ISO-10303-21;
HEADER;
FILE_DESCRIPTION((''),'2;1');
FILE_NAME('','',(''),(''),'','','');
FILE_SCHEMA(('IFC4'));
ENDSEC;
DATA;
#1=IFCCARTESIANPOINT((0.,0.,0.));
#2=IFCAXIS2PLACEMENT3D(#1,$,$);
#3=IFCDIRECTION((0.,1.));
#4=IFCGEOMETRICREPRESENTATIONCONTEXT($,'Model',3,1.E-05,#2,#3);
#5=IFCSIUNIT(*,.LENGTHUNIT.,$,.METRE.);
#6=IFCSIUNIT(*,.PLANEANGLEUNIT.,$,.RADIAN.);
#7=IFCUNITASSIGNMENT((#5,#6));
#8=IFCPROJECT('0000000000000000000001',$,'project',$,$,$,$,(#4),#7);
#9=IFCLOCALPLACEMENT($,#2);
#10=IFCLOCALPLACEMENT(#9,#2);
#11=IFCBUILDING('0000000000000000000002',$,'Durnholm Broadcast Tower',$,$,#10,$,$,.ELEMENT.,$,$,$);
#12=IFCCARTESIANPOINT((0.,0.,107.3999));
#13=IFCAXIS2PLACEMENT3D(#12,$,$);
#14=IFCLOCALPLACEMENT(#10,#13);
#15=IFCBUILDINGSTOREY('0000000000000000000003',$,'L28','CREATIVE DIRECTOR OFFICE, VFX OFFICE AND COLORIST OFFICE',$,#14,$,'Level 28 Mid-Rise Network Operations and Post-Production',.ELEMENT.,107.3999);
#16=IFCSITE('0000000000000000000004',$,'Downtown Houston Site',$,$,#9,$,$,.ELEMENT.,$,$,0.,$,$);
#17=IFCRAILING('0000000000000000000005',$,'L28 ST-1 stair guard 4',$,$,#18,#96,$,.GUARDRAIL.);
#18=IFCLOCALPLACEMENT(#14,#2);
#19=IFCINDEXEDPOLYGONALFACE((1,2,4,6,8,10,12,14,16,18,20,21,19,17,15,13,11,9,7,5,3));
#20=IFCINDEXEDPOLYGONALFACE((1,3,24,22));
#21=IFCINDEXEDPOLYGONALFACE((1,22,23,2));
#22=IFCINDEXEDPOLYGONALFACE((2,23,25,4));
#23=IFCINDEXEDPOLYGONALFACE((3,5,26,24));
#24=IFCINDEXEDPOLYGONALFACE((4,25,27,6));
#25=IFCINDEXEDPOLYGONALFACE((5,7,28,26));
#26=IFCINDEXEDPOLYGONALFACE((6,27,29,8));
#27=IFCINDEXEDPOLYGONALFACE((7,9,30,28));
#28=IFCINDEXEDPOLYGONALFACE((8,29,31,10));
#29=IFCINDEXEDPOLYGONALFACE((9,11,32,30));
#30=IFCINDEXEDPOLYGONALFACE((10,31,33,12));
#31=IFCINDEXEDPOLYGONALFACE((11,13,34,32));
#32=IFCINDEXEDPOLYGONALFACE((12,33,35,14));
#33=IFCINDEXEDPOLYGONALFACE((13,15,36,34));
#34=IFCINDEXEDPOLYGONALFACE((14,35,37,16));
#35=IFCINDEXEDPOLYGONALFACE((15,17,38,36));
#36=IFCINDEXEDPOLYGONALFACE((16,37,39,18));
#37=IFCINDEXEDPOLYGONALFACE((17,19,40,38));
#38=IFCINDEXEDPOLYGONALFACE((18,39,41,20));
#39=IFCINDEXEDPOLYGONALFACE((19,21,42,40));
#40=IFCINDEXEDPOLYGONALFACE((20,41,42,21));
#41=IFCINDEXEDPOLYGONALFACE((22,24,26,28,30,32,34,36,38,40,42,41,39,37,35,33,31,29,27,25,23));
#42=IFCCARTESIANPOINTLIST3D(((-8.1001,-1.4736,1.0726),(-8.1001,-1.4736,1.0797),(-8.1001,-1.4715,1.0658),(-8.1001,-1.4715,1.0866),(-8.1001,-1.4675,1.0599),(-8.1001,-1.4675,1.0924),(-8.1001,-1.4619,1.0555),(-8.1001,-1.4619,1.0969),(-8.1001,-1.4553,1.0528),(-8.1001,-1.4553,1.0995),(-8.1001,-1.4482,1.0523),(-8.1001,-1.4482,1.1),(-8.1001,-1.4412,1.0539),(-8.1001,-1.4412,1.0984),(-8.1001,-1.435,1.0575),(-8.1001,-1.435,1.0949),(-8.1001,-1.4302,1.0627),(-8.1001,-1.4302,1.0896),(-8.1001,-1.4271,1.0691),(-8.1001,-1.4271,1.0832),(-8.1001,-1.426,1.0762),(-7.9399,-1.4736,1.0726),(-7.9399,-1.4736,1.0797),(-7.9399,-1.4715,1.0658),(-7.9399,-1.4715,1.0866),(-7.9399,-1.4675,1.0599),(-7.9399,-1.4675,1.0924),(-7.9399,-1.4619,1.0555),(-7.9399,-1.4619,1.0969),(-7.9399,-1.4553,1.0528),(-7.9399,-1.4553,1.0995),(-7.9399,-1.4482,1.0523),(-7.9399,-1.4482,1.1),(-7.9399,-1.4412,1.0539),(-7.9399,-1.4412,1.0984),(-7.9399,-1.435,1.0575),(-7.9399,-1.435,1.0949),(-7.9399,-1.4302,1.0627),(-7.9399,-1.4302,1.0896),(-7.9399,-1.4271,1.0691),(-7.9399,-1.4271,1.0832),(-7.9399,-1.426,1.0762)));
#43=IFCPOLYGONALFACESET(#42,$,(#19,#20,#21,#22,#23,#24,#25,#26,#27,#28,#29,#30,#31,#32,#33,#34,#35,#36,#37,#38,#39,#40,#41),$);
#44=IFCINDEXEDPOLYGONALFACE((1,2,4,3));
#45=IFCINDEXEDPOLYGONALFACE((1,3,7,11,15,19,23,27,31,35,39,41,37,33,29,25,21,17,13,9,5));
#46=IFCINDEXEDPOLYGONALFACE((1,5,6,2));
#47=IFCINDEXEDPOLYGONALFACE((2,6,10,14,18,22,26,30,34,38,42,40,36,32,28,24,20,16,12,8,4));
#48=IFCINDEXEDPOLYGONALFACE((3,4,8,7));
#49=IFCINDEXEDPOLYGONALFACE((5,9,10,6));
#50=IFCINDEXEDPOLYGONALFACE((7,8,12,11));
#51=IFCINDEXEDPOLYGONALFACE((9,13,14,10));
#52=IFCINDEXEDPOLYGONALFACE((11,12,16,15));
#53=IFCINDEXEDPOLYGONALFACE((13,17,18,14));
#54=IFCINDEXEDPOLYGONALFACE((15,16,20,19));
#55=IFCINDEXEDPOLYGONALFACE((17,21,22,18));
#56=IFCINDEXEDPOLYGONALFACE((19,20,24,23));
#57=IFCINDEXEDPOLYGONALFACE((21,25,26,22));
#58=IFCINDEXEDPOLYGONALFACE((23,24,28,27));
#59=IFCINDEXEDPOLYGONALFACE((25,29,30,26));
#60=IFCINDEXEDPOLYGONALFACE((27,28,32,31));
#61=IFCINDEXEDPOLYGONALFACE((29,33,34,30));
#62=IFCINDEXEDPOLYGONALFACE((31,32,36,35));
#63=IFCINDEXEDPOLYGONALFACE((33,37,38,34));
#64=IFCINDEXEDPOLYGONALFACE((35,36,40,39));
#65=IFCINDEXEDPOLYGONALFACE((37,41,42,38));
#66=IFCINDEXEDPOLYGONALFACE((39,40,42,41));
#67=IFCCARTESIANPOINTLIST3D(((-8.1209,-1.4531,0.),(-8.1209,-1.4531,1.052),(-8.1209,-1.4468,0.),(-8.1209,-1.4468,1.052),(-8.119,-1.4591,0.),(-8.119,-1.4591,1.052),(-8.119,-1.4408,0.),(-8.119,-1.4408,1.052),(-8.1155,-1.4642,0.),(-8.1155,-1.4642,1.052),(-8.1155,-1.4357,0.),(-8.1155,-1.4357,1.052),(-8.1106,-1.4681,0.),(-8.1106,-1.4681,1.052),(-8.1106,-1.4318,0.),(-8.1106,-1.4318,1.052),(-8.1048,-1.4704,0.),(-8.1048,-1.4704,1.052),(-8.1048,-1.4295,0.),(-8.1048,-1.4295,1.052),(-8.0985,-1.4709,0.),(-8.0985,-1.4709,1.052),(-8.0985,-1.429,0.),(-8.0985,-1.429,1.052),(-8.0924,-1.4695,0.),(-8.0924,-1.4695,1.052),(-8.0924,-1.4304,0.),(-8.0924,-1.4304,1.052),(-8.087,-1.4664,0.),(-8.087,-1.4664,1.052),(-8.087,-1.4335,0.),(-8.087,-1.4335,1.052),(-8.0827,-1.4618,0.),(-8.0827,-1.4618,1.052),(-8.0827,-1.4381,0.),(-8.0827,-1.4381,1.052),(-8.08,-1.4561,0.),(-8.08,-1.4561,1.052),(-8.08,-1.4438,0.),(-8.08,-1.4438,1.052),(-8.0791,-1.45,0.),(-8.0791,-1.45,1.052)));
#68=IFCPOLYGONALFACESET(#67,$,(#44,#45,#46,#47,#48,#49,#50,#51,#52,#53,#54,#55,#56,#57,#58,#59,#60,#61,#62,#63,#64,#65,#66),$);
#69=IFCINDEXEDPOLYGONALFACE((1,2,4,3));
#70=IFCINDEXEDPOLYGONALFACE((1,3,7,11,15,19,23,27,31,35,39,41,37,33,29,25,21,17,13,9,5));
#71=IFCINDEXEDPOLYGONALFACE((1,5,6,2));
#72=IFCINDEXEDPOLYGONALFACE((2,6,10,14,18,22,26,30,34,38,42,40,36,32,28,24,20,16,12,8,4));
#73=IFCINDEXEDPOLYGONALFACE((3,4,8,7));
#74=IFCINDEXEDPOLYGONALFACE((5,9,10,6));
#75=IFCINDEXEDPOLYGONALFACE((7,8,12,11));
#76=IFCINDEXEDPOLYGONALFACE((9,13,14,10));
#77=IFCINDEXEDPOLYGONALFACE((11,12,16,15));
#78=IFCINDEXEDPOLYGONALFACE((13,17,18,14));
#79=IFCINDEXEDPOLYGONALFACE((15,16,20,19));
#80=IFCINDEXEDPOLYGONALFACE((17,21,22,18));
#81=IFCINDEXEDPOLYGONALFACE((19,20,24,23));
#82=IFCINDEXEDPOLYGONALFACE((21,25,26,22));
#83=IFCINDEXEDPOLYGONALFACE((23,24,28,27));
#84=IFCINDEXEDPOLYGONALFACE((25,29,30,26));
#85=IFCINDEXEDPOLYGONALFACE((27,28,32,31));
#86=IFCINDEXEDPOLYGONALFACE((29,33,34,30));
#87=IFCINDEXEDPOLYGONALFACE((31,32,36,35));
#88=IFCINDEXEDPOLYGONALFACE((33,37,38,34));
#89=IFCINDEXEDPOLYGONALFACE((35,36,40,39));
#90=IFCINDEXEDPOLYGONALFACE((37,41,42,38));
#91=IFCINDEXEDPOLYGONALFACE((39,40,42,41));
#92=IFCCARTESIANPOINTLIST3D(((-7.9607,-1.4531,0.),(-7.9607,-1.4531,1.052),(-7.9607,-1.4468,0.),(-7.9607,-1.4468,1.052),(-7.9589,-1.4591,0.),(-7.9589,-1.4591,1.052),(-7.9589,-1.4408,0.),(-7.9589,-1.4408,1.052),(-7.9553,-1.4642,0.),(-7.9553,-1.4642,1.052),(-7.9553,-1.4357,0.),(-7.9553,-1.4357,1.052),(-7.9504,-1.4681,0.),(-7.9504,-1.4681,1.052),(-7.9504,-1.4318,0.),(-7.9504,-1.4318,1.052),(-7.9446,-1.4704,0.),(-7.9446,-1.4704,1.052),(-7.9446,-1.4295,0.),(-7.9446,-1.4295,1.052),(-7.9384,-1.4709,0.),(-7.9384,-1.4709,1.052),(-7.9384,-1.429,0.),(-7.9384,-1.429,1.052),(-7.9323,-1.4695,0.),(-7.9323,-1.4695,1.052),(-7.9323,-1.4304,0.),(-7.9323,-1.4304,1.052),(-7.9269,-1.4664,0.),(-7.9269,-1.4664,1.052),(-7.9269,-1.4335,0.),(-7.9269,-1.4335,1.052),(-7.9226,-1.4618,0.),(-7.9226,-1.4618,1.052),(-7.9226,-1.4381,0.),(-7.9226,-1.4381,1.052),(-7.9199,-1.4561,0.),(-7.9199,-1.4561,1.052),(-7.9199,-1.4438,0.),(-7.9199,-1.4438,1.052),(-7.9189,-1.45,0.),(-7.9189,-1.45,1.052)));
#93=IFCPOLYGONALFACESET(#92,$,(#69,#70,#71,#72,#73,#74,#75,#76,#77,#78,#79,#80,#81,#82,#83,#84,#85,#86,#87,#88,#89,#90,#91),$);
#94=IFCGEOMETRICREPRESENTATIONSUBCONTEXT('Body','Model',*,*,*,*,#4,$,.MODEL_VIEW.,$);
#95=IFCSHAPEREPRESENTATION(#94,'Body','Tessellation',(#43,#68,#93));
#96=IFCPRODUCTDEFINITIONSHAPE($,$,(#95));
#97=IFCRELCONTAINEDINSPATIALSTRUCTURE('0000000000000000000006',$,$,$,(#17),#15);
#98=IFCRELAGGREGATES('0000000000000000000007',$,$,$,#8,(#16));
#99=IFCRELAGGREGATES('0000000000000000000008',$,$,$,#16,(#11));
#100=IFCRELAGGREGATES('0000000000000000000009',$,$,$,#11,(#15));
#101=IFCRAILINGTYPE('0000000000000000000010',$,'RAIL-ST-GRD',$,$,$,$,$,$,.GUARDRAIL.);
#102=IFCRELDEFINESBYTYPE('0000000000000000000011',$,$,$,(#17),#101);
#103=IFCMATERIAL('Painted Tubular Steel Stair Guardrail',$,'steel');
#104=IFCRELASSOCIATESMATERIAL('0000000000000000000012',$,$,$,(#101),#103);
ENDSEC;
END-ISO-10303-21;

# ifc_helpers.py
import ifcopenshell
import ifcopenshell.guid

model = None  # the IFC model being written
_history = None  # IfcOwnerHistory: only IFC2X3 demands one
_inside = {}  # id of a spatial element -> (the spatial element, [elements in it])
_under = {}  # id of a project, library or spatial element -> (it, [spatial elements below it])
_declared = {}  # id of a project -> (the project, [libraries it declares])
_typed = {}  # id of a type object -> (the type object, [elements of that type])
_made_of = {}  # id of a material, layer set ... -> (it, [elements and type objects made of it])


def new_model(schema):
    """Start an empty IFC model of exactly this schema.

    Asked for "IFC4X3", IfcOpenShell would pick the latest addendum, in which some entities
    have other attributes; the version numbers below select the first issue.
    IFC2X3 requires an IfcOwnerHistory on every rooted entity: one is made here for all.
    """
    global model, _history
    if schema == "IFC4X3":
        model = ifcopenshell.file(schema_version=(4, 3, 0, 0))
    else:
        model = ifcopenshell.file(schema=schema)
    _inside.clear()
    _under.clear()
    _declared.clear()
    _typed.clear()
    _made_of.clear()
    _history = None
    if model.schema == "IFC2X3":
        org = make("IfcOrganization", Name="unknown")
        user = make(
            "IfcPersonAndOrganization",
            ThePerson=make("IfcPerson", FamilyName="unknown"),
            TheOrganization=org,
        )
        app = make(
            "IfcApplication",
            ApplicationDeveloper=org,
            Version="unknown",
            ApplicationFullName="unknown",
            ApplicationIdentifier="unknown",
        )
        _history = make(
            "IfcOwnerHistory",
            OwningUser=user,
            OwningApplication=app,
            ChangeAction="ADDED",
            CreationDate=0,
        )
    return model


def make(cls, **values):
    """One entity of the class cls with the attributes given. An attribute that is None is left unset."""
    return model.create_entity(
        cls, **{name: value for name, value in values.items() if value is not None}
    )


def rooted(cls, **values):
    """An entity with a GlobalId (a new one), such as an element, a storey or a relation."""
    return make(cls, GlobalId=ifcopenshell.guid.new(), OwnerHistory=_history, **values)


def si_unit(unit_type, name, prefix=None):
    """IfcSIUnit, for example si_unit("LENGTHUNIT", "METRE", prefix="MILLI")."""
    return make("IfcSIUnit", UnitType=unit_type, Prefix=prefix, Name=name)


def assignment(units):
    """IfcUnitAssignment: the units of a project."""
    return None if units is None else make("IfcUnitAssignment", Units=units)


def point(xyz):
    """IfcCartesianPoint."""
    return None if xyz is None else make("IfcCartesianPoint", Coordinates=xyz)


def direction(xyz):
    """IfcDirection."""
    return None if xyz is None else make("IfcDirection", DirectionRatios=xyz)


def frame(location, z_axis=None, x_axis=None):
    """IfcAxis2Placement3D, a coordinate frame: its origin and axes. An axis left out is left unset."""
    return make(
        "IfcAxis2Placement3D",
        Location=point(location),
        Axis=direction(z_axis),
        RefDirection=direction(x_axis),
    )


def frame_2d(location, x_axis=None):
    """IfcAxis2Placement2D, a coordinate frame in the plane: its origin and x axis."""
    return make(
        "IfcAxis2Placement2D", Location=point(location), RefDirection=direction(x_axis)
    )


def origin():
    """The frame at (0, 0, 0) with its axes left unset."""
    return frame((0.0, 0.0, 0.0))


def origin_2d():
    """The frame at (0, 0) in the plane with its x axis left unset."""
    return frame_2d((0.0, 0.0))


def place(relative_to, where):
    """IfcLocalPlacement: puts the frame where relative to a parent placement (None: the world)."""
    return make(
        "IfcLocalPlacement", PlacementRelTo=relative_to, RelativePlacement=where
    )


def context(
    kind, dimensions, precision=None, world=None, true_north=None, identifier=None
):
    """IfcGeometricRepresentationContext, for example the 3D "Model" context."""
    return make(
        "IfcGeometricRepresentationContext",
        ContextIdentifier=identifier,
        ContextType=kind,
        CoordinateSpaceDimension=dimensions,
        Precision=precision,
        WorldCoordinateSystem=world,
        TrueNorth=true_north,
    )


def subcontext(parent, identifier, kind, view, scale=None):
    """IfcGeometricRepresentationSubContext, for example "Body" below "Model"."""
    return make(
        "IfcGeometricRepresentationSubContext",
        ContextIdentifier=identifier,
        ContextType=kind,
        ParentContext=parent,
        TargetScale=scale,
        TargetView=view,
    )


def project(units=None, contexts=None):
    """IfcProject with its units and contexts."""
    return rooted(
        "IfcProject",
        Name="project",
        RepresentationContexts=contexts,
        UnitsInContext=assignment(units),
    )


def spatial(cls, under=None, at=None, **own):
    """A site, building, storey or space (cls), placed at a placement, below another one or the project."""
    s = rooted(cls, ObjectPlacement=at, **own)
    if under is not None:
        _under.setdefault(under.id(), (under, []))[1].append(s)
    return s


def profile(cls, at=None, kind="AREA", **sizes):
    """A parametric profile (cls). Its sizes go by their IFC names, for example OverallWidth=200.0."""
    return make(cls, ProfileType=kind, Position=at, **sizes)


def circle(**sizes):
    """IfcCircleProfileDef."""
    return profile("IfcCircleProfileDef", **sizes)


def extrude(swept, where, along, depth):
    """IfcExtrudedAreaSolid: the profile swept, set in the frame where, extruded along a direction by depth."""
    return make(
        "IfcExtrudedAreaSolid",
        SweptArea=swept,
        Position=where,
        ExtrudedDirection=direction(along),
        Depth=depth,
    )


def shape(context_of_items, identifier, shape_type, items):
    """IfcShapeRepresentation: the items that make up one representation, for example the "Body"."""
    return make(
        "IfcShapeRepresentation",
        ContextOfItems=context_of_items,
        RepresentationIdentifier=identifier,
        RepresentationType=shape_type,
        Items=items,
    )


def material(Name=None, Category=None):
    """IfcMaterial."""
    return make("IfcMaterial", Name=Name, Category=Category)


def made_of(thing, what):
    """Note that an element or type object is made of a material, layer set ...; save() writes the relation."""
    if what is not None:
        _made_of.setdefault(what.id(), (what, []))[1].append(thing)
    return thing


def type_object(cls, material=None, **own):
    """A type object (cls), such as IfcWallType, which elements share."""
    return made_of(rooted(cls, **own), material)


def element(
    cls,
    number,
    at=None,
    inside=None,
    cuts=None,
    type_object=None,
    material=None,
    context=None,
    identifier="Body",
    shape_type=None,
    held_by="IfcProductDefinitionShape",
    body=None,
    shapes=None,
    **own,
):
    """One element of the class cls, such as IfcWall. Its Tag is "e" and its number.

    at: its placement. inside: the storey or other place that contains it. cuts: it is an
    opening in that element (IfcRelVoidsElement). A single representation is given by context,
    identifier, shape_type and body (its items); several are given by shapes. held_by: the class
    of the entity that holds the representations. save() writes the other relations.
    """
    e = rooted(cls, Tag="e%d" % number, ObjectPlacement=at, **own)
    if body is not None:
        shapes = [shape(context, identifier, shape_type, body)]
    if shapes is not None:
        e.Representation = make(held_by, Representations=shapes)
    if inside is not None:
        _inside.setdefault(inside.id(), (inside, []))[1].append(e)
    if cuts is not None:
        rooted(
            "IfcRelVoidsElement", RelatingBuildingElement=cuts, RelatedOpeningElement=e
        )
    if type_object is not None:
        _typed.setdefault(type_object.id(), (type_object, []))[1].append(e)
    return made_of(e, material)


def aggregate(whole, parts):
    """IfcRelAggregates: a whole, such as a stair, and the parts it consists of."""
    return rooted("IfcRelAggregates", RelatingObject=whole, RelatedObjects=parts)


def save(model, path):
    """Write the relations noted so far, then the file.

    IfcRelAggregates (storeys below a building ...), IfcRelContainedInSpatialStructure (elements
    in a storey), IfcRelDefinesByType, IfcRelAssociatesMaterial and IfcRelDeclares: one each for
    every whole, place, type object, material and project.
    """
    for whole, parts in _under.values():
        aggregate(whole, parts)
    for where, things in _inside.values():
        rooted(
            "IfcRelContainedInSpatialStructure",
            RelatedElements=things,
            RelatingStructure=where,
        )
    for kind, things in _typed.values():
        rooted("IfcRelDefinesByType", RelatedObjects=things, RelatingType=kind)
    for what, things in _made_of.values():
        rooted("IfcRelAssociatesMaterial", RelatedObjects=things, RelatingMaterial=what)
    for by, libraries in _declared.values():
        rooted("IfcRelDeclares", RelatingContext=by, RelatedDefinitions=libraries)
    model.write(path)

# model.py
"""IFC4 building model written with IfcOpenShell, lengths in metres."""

from ifc_helpers import new_model, si_unit, direction, frame, origin, origin_2d, place, context, subcontext, project, spatial, circle, extrude, material, type_object, element, save


model = new_model("IFC4")

# Units and contexts
model_context = context("Model", 3, precision=1e-05, world=origin(), true_north=direction((0.0, 1.0)))
body_context = subcontext(model_context, "Body", "Model", "MODEL_VIEW")
ifc_project = project(units=[si_unit("LENGTHUNIT", "METRE"), si_unit("PLANEANGLEUNIT", "RADIAN")], contexts=[model_context])

# Site, building, storey
site_placement = place(None, origin())
site = spatial("IfcSite", under=ifc_project, at=site_placement, Name="Downtown Houston Site", CompositionType="ELEMENT", RefElevation=0.0)
building_placement = place(site_placement, origin())
building = spatial("IfcBuilding", under=site, at=building_placement, Name="Durnholm Broadcast Tower", CompositionType="ELEMENT")
storey_placement = place(building_placement, frame((0.0, 0.0, 107.3999)))
storey = spatial("IfcBuildingStorey", under=building, at=storey_placement, Name="L28", Description="CREATIVE DIRECTOR OFFICE, VFX OFFICE AND COLORIST OFFICE", LongName="Level 28 Mid-Rise Network Operations and Post-Production", CompositionType="ELEMENT", Elevation=107.3999)

# Railing
ifc_material_1 = material(Name="Painted Tubular Steel Stair Guardrail", Category="steel")
railing_type_1 = type_object("IfcRailingType", Name="RAIL-ST-GRD", PredefinedType="GUARDRAIL", material=ifc_material_1)
railing_1_placement = place(storey_placement, frame((-8.1001, -1.45, 0.0)))
element("IfcRailing", 1, at=railing_1_placement, inside=storey, type_object=railing_type_1, Name="L28 ST-1 stair guard 4", PredefinedType="GUARDRAIL", context=body_context, shape_type="SweptSolid", body=[
    extrude(circle(Radius=0.0239, at=origin_2d()), frame((0.0, 0.0, 1.0762), z_axis=(1.0, 0.0, 0.0), x_axis=(0.0, 1.0, 0.0)), (0.0, 0.0, 1.0), 0.1602),
    extrude(circle(Radius=0.021, at=origin_2d()), origin(), (0.0, 0.0, 1.0), 1.052),
    extrude(circle(Radius=0.021, at=origin_2d()), frame((0.1602, 0.0, 0.0)), (0.0, 0.0, 1.0), 1.052),
])

save(model, "model.ifc")
